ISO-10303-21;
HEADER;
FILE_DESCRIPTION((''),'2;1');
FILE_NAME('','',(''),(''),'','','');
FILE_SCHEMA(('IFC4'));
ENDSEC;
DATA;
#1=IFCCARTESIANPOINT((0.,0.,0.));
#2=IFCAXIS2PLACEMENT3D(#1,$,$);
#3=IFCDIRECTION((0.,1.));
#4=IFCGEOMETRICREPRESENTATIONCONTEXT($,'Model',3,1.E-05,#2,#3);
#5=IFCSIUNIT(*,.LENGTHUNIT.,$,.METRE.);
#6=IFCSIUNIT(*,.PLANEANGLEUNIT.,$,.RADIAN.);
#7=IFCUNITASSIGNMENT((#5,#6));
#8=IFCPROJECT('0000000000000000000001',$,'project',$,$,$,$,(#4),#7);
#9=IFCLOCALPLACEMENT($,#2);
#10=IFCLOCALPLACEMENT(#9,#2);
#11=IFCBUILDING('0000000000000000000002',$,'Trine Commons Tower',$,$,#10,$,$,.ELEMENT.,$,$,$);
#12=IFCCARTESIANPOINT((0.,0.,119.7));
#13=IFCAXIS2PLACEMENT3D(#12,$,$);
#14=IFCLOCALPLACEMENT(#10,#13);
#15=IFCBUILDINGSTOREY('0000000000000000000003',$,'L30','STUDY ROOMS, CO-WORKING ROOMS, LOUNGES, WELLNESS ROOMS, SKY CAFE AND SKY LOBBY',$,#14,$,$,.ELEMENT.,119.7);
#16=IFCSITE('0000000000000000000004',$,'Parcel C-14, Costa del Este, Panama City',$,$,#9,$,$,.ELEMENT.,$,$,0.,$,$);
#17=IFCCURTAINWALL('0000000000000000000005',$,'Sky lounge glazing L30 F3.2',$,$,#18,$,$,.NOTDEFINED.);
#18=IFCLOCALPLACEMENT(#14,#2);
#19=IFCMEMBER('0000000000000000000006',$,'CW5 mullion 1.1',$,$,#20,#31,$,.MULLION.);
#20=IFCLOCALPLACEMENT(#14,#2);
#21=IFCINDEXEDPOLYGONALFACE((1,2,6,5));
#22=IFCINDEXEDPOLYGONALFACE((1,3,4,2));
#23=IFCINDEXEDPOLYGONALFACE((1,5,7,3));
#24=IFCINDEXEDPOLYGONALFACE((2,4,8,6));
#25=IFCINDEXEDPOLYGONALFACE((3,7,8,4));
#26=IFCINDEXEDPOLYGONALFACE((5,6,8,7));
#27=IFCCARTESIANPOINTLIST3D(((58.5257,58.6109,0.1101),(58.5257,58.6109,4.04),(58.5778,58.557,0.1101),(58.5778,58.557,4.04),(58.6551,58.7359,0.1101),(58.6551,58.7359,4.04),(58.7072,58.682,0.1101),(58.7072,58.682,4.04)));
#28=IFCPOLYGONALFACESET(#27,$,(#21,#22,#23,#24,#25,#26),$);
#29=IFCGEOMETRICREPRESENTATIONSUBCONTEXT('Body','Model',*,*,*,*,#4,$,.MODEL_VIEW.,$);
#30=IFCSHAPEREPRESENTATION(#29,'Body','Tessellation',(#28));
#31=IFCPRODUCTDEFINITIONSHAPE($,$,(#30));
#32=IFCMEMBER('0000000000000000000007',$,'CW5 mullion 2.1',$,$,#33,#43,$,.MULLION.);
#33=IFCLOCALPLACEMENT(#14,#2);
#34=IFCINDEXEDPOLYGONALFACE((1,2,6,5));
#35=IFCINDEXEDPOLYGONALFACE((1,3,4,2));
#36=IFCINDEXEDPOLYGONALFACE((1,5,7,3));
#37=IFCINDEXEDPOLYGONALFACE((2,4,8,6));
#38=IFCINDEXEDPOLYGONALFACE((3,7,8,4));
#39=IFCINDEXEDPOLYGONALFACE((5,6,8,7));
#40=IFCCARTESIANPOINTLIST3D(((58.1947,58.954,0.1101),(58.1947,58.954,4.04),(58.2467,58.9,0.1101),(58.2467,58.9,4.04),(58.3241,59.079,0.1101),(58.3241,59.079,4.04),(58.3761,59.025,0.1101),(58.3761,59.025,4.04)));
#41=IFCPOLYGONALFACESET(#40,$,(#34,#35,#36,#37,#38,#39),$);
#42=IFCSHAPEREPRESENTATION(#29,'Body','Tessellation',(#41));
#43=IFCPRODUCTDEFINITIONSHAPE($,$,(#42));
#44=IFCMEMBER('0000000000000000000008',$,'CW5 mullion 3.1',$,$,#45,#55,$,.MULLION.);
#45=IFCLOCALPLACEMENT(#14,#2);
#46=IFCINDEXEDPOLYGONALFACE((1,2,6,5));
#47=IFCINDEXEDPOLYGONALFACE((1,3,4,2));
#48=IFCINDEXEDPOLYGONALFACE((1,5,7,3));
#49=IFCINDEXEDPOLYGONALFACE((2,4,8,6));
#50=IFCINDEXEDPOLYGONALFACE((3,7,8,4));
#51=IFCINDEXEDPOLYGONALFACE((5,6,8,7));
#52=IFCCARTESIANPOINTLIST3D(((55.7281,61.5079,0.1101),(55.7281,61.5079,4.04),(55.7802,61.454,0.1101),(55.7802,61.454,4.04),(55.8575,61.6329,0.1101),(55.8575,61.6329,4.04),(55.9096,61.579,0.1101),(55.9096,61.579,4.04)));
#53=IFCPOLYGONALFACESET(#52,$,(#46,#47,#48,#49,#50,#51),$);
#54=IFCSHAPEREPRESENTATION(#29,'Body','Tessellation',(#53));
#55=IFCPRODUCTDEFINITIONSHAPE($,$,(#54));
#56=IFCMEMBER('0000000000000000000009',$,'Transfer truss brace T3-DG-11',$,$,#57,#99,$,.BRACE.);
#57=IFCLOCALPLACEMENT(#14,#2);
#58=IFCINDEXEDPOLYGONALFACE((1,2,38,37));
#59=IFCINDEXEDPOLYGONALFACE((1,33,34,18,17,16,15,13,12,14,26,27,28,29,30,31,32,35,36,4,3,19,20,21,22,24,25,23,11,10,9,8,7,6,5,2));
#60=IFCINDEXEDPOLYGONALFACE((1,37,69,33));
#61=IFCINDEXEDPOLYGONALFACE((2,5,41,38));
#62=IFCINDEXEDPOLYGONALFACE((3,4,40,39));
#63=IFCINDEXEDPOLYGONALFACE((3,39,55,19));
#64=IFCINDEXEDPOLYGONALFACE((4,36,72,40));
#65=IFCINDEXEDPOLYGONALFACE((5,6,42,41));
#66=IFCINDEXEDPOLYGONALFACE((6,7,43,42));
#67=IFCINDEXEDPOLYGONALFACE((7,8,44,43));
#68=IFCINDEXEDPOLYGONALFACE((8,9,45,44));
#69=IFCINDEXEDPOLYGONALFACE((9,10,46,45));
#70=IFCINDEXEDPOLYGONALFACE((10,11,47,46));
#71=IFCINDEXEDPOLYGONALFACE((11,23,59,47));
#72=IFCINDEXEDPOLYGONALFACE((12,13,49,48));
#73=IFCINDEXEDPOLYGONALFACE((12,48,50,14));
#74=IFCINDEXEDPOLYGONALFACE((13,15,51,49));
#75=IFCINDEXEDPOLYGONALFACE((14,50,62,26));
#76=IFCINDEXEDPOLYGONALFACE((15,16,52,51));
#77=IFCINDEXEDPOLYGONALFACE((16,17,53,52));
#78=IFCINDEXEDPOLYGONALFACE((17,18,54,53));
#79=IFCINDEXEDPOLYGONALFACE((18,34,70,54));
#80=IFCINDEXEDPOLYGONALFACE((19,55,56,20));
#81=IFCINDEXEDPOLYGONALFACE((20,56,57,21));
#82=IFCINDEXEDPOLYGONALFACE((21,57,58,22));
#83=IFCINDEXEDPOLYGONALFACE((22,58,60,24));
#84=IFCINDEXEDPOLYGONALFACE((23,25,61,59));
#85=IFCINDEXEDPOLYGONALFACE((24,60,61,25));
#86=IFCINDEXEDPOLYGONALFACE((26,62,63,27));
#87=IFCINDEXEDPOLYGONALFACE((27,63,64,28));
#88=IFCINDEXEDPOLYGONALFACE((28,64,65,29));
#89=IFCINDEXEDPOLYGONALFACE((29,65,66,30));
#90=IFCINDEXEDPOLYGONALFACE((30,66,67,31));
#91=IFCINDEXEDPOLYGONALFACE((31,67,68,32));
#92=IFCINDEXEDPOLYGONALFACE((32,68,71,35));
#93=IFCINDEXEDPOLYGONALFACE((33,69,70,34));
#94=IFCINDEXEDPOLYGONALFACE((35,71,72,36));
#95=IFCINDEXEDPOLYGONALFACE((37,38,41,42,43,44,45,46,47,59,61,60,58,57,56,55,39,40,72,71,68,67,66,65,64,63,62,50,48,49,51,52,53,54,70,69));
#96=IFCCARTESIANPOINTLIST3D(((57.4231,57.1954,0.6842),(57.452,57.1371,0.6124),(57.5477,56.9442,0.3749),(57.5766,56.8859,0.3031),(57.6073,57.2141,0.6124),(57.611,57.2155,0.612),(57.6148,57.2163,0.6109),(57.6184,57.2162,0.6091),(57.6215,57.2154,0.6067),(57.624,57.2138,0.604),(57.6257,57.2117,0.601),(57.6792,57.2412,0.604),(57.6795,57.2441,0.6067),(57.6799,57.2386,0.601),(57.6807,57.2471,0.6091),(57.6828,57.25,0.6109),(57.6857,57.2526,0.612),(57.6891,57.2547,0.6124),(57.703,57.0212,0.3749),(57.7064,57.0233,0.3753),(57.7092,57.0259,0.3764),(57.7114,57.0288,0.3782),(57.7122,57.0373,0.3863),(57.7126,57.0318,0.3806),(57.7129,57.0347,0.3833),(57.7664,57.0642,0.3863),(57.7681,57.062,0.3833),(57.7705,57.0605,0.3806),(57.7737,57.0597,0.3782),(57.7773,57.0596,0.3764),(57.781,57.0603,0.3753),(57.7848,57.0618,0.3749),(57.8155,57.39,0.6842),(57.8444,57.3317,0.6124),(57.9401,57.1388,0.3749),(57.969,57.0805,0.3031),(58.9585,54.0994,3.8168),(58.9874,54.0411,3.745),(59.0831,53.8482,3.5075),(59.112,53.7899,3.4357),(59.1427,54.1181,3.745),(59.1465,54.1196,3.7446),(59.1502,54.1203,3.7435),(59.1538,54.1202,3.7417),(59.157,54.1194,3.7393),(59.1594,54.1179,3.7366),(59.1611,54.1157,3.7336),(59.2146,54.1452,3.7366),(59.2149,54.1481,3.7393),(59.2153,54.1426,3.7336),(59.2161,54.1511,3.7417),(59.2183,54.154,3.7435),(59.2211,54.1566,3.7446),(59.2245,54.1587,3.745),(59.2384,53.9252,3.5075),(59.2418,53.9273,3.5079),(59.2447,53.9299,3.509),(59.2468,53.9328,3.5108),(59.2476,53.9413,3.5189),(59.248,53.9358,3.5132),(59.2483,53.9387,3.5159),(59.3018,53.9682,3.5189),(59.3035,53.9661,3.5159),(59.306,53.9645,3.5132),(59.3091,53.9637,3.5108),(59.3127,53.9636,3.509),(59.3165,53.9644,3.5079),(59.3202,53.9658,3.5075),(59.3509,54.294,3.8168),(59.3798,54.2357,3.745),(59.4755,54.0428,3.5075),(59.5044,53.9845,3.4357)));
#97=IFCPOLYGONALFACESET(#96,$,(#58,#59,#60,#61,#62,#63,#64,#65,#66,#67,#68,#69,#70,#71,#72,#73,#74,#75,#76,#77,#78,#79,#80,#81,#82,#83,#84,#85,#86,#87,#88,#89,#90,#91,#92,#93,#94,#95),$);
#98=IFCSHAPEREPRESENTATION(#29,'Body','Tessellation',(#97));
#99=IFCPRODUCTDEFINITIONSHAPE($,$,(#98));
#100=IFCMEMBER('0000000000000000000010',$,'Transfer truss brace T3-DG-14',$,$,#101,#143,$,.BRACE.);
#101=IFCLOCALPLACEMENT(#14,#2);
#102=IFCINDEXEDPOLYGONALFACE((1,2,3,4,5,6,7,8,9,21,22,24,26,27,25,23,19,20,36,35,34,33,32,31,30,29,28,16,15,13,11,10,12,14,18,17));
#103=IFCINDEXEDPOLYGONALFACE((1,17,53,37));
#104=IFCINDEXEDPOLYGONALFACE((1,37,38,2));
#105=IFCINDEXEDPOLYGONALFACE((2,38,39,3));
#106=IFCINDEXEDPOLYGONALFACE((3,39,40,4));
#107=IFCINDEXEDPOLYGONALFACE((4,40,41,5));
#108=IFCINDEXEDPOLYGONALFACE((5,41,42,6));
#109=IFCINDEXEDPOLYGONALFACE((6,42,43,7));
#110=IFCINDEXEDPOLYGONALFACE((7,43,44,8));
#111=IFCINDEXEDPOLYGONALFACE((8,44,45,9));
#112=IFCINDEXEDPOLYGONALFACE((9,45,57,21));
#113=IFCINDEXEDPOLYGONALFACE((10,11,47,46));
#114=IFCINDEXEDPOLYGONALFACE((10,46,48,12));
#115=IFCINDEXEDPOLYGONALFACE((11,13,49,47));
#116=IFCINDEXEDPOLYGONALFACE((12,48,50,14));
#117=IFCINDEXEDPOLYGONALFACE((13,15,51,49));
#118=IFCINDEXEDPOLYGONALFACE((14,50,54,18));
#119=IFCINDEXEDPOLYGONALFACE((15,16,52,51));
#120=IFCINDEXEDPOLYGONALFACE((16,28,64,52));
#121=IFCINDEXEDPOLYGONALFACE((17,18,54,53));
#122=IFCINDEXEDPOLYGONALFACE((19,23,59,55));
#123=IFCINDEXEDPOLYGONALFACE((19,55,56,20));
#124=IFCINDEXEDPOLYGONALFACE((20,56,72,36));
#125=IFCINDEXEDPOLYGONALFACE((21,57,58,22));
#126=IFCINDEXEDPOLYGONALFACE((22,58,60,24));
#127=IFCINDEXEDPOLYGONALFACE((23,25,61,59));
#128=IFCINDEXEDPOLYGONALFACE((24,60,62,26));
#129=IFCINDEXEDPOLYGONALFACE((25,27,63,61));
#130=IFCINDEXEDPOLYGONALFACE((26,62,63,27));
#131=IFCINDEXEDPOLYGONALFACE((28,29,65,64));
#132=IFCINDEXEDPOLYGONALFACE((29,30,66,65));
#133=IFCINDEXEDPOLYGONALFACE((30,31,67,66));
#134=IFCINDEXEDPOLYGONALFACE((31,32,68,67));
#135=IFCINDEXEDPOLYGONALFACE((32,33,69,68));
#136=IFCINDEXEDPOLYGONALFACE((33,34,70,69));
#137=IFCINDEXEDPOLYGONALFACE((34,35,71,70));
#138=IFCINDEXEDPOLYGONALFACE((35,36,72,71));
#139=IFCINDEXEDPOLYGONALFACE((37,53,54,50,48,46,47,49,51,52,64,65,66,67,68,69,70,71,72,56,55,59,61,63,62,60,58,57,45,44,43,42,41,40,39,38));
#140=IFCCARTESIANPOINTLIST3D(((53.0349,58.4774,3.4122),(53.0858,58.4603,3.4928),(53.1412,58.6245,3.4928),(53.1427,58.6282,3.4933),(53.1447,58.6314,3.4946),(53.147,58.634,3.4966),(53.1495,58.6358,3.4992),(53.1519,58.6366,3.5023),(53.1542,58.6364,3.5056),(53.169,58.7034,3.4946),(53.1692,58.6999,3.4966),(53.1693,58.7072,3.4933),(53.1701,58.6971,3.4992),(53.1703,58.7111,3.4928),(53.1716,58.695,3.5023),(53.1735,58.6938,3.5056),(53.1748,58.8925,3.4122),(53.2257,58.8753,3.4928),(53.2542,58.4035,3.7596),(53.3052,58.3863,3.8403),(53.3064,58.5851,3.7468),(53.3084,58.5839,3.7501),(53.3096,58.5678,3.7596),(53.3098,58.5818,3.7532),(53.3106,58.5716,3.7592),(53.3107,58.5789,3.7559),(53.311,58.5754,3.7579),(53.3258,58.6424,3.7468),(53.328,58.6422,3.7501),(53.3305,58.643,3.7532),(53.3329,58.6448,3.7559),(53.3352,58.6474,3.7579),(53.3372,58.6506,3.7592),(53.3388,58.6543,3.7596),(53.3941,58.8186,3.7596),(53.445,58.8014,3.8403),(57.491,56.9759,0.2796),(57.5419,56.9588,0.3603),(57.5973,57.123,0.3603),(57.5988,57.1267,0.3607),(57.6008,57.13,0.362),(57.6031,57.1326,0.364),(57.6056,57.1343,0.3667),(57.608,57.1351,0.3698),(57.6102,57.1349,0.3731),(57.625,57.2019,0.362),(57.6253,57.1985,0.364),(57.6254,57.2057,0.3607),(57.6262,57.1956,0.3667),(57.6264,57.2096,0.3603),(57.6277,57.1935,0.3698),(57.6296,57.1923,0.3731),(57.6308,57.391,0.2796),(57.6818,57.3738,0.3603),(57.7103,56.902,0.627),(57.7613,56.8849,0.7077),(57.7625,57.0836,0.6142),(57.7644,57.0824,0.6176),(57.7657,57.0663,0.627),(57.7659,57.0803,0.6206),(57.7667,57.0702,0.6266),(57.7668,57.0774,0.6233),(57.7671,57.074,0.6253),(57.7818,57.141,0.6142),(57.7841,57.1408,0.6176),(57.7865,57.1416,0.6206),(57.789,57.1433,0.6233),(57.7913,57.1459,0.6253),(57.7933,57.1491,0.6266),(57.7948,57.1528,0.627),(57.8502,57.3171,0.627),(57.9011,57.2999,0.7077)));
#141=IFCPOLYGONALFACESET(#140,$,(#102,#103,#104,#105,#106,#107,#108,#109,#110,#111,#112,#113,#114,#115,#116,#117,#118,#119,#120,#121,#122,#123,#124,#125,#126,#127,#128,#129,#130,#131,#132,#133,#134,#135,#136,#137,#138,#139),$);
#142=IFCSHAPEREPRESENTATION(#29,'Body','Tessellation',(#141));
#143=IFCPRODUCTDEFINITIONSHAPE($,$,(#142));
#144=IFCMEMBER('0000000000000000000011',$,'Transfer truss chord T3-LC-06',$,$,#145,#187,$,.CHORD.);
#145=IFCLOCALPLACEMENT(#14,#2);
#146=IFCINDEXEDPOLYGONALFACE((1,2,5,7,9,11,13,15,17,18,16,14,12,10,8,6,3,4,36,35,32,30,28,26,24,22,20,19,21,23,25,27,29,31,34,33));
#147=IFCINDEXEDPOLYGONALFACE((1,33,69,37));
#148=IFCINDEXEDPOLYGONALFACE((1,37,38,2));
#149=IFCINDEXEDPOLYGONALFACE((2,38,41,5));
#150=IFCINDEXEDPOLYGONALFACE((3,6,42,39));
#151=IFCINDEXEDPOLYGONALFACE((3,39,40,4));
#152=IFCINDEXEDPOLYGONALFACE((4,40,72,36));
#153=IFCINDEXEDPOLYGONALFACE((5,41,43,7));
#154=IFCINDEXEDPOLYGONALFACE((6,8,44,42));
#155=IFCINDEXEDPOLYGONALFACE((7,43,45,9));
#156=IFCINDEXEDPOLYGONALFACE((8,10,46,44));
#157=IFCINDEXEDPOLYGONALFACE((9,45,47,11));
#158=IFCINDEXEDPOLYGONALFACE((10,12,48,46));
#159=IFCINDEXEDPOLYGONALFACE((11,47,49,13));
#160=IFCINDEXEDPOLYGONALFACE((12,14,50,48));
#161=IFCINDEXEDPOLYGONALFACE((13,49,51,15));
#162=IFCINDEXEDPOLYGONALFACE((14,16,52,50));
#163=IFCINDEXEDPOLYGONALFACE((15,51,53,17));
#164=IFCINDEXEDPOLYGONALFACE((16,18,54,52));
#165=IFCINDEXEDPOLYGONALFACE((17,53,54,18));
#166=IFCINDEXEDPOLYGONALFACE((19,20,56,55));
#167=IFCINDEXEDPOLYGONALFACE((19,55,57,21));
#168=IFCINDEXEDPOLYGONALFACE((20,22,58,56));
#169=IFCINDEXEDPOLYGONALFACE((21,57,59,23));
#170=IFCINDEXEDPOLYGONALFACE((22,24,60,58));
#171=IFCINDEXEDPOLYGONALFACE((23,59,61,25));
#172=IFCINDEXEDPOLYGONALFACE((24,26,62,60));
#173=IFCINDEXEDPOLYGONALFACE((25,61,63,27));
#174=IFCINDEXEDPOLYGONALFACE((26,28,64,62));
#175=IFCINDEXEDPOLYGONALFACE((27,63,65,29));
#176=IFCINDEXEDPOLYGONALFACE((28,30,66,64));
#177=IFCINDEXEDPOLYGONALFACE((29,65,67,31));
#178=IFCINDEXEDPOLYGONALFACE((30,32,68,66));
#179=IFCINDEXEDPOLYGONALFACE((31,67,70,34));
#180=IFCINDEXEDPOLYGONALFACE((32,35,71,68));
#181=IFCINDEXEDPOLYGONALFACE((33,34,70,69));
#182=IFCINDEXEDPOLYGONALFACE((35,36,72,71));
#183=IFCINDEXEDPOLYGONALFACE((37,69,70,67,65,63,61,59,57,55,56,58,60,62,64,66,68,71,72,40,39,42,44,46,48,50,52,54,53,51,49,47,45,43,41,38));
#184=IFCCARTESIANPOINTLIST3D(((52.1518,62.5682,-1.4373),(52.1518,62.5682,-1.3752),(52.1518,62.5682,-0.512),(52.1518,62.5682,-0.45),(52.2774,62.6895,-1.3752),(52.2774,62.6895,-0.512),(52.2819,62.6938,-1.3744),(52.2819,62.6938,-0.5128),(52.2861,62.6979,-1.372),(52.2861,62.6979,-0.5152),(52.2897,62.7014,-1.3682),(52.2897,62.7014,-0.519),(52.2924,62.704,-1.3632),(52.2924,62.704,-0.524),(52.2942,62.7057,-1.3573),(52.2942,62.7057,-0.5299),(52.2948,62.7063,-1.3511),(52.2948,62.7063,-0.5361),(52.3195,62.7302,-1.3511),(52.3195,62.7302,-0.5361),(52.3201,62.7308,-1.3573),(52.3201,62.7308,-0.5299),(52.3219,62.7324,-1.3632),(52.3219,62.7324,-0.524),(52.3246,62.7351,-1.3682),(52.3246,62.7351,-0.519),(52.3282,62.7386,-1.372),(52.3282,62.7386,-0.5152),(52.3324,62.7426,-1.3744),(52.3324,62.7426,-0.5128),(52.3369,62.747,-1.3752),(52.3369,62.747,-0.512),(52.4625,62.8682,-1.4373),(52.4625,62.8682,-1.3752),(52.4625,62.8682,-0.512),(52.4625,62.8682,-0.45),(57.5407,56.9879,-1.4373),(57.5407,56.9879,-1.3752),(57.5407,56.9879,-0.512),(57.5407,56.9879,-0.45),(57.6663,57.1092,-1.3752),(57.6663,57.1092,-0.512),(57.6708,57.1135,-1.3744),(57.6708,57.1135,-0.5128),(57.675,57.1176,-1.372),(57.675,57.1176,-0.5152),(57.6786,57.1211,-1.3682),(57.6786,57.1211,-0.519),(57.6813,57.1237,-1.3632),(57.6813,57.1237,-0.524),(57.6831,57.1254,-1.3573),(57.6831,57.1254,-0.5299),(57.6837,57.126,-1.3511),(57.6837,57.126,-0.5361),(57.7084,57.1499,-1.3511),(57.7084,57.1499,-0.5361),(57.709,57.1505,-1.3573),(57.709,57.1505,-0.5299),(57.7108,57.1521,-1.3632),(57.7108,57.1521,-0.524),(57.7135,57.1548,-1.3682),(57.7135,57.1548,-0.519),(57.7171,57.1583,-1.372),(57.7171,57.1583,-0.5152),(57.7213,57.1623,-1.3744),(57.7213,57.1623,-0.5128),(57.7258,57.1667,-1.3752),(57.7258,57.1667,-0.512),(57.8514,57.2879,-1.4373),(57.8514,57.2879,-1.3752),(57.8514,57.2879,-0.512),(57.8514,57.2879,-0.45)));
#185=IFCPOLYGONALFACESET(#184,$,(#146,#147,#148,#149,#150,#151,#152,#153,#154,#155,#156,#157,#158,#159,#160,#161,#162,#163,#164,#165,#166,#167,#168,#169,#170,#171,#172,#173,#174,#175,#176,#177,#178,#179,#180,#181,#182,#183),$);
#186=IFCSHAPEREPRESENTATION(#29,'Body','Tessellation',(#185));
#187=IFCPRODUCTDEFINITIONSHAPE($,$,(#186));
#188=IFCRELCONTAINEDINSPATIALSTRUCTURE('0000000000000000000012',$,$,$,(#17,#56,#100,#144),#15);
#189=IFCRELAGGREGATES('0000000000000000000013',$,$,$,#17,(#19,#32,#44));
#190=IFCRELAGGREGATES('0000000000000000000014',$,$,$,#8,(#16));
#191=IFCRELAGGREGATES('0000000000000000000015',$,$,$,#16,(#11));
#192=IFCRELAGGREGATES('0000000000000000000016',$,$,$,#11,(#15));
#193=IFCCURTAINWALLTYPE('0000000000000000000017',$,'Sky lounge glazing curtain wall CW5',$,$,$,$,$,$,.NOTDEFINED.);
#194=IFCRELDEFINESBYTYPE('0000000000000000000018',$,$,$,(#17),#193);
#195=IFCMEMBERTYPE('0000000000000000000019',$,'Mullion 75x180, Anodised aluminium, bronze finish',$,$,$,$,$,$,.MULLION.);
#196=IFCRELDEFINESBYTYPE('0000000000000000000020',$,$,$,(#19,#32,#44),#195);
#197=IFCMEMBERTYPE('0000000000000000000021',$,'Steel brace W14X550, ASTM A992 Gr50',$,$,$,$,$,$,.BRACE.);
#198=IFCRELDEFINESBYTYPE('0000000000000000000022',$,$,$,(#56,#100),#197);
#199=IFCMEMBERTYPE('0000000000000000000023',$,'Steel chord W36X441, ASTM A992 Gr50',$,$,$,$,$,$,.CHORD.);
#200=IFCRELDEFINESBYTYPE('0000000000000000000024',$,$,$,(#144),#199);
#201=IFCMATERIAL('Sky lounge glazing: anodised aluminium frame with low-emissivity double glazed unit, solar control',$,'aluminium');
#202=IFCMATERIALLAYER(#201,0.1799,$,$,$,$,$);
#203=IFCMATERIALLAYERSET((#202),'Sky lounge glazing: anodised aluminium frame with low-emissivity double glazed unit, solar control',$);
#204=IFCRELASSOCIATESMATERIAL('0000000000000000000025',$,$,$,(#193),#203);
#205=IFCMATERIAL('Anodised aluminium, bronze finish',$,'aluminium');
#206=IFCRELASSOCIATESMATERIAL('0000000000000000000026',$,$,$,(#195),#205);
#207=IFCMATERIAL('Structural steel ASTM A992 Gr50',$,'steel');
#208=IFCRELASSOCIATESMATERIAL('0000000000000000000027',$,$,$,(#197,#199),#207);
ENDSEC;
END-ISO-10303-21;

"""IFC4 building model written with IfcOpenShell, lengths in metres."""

from ifc_helpers import new_model, si_unit, direction, frame, origin, origin_2d, place, context, subcontext, project, spatial, rectangle, i_section, extrude, material, layer, layer_set, material_profile, profile_set, type_object, element, aggregate, save


model = new_model("IFC4")

# Units and contexts
model_context = context("Model", 3, precision=1e-05, world=origin(), true_north=direction((0.0, 1.0)))
body_context = subcontext(model_context, "Body", "Model", "MODEL_VIEW")
ifc_project = project(units=[si_unit("LENGTHUNIT", "METRE"), si_unit("PLANEANGLEUNIT", "RADIAN")], contexts=[model_context])

# Site, building, storey
site_placement = place(None, origin())
site = spatial("IfcSite", under=ifc_project, at=site_placement, Name="Parcel C-14, Costa del Este, Panama City", CompositionType="ELEMENT", RefElevation=0.0)
building_placement = place(site_placement, origin())
building = spatial("IfcBuilding", under=site, at=building_placement, Name="Trine Commons Tower", CompositionType="ELEMENT")
storey_placement = place(building_placement, frame((0.0, 0.0, 119.7)))
storey = spatial("IfcBuildingStorey", under=building, at=storey_placement, Name="L30", Description="STUDY ROOMS, CO-WORKING ROOMS, LOUNGES, WELLNESS ROOMS, SKY CAFE AND SKY LOBBY", CompositionType="ELEMENT", Elevation=119.7)

# Curtain wall, members
ifc_material_1 = material(Name="Sky lounge glazing: anodised aluminium frame with low-emissivity double glazed unit, solar control", Category="aluminium")
ifc_layer_1 = layer(ifc_material_1, 0.1799)
ifc_layer_set_1 = layer_set([ifc_layer_1], Name="Sky lounge glazing: anodised aluminium frame with low-emissivity double glazed unit, solar control")
curtain_wall_type = type_object("IfcCurtainWallType", Name="Sky lounge glazing curtain wall CW5", PredefinedType="NOTDEFINED", material=ifc_layer_set_1)
curtain_wall_placement = place(storey_placement, origin())
curtain_wall = element("IfcCurtainWall", 1, at=curtain_wall_placement, inside=storey, type_object=curtain_wall_type, Name="Sky lounge glazing L30 F3.2", PredefinedType="NOTDEFINED")
ifc_material_2 = material(Name="Anodised aluminium, bronze finish", Category="aluminium")
ifc_material_profile_1 = material_profile(ifc_material_2, rectangle(XDim=0.1799, YDim=0.075, at=origin_2d()), Name="Mullion 75x180")
ifc_profile_set_1 = profile_set([ifc_material_profile_1], Name="Anodised aluminium, bronze finish")
member_type_1 = type_object("IfcMemberType", Name="Mullion 75x180, Anodised aluminium, bronze finish", PredefinedType="MULLION", material=ifc_profile_set_1)
member_1_placement = place(storey_placement, frame((58.6165, 58.6465, 0.1101), z_axis=(0.0, 0.0, 1.0), x_axis=(-0.71934, -0.694658, 0.0)))
member_1 = element("IfcMember", 2, at=member_1_placement, type_object=member_type_1, Name="CW5 mullion 1.1", PredefinedType="MULLION", context=body_context, shape_type="SweptSolid", body=[
    extrude(rectangle(XDim=0.1799, YDim=0.075, at=origin_2d()), origin(), (0.0, 0.0, 1.0), 3.9299),
])
member_2_placement = place(storey_placement, frame((58.2854, 58.9895, 0.1101), z_axis=(0.0, 0.0, 1.0), x_axis=(-0.71934, -0.694658, 0.0)))
member_2 = element("IfcMember", 3, at=member_2_placement, type_object=member_type_1, Name="CW5 mullion 2.1", PredefinedType="MULLION", context=body_context, shape_type="SweptSolid", body=[
    extrude(rectangle(XDim=0.1799, YDim=0.075, at=origin_2d()), origin(), (0.0, 0.0, 1.0), 3.9299),
])
member_3_placement = place(storey_placement, frame((55.8188, 61.5435, 0.1101), z_axis=(0.0, 0.0, 1.0), x_axis=(-0.71934, -0.694658, 0.0)))
member_3 = element("IfcMember", 4, at=member_3_placement, type_object=member_type_1, Name="CW5 mullion 3.1", PredefinedType="MULLION", context=body_context, shape_type="SweptSolid", body=[
    extrude(rectangle(XDim=0.1799, YDim=0.075, at=origin_2d()), origin(), (0.0, 0.0, 1.0), 3.9299),
])

# Members
ifc_material_3 = material(Name="Structural steel ASTM A992 Gr50", Category="steel")
ifc_material_profile_2 = material_profile(ifc_material_3, i_section(OverallWidth=0.438, OverallDepth=0.5144, WebThickness=0.0605, FlangeThickness=0.0969, FilletRadius=0.0154, at=origin_2d()), Name="W14X550")
ifc_profile_set_2 = profile_set([ifc_material_profile_2], Name="Structural steel ASTM A992 Gr50")
member_type_2 = type_object("IfcMemberType", Name="Steel brace W14X550, ASTM A992 Gr50", PredefinedType="BRACE", material=ifc_profile_set_2)
member_4_placement = place(storey_placement, frame((57.696, 57.1379, 0.4937), z_axis=(0.329184, -0.663759, 0.671611), x_axis=(0.895878, 0.444301, 0.0)))
element("IfcMember", 5, at=member_4_placement, inside=storey, type_object=member_type_2, Name="Transfer truss brace T3-DG-11", PredefinedType="BRACE", context=body_context, shape_type="SweptSolid", body=[
    extrude(i_section(OverallWidth=0.438, OverallDepth=0.5144, WebThickness=0.0605, FlangeThickness=0.0969, FilletRadius=0.0154, at=origin_2d()), origin(), (0.0, 0.0, 1.0), 4.6643),
])
member_5_placement = place(storey_placement, frame((57.696, 57.1379, 0.4937), z_axis=(-0.788666, 0.265741, 0.554426), x_axis=(-0.31931, -0.94765, 0.0)))
element("IfcMember", 6, at=member_5_placement, inside=storey, type_object=member_type_2, Name="Transfer truss brace T3-DG-14", PredefinedType="BRACE", context=body_context, shape_type="SweptSolid", body=[
    extrude(i_section(OverallWidth=0.438, OverallDepth=0.5144, WebThickness=0.0605, FlangeThickness=0.0969, FilletRadius=0.0154, at=origin_2d()), origin(), (0.0, 0.0, 1.0), 5.6501),
])
ifc_material_profile_3 = material_profile(ifc_material_3, i_section(OverallWidth=0.4319, OverallDepth=0.9873, WebThickness=0.0344, FlangeThickness=0.062, FilletRadius=0.0242, at=origin_2d()), Name="W36X441")
ifc_profile_set_3 = profile_set([ifc_material_profile_3], Name="Structural steel ASTM A992 Gr50")
member_type_3 = type_object("IfcMemberType", Name="Steel chord W36X441, ASTM A992 Gr50", PredefinedType="CHORD", material=ifc_profile_set_3)
member_6_placement = place(storey_placement, frame((57.696, 57.1379, -0.9436), z_axis=(-0.694662, 0.719336, 0.0), x_axis=(-0.719336, -0.694662, 0.0)))
element("IfcMember", 7, at=member_6_placement, inside=storey, type_object=member_type_3, Name="Transfer truss chord T3-LC-06", PredefinedType="CHORD", context=body_context, shape_type="SweptSolid", body=[
    extrude(i_section(OverallWidth=0.4319, OverallDepth=0.9873, WebThickness=0.0344, FlangeThickness=0.062, FilletRadius=0.0242, at=origin_2d()), origin(), (0.0, 0.0, 1.0), 7.7576),
])

aggregate(curtain_wall, [member_1, member_2, member_3])

save(model, "model.ifc")
